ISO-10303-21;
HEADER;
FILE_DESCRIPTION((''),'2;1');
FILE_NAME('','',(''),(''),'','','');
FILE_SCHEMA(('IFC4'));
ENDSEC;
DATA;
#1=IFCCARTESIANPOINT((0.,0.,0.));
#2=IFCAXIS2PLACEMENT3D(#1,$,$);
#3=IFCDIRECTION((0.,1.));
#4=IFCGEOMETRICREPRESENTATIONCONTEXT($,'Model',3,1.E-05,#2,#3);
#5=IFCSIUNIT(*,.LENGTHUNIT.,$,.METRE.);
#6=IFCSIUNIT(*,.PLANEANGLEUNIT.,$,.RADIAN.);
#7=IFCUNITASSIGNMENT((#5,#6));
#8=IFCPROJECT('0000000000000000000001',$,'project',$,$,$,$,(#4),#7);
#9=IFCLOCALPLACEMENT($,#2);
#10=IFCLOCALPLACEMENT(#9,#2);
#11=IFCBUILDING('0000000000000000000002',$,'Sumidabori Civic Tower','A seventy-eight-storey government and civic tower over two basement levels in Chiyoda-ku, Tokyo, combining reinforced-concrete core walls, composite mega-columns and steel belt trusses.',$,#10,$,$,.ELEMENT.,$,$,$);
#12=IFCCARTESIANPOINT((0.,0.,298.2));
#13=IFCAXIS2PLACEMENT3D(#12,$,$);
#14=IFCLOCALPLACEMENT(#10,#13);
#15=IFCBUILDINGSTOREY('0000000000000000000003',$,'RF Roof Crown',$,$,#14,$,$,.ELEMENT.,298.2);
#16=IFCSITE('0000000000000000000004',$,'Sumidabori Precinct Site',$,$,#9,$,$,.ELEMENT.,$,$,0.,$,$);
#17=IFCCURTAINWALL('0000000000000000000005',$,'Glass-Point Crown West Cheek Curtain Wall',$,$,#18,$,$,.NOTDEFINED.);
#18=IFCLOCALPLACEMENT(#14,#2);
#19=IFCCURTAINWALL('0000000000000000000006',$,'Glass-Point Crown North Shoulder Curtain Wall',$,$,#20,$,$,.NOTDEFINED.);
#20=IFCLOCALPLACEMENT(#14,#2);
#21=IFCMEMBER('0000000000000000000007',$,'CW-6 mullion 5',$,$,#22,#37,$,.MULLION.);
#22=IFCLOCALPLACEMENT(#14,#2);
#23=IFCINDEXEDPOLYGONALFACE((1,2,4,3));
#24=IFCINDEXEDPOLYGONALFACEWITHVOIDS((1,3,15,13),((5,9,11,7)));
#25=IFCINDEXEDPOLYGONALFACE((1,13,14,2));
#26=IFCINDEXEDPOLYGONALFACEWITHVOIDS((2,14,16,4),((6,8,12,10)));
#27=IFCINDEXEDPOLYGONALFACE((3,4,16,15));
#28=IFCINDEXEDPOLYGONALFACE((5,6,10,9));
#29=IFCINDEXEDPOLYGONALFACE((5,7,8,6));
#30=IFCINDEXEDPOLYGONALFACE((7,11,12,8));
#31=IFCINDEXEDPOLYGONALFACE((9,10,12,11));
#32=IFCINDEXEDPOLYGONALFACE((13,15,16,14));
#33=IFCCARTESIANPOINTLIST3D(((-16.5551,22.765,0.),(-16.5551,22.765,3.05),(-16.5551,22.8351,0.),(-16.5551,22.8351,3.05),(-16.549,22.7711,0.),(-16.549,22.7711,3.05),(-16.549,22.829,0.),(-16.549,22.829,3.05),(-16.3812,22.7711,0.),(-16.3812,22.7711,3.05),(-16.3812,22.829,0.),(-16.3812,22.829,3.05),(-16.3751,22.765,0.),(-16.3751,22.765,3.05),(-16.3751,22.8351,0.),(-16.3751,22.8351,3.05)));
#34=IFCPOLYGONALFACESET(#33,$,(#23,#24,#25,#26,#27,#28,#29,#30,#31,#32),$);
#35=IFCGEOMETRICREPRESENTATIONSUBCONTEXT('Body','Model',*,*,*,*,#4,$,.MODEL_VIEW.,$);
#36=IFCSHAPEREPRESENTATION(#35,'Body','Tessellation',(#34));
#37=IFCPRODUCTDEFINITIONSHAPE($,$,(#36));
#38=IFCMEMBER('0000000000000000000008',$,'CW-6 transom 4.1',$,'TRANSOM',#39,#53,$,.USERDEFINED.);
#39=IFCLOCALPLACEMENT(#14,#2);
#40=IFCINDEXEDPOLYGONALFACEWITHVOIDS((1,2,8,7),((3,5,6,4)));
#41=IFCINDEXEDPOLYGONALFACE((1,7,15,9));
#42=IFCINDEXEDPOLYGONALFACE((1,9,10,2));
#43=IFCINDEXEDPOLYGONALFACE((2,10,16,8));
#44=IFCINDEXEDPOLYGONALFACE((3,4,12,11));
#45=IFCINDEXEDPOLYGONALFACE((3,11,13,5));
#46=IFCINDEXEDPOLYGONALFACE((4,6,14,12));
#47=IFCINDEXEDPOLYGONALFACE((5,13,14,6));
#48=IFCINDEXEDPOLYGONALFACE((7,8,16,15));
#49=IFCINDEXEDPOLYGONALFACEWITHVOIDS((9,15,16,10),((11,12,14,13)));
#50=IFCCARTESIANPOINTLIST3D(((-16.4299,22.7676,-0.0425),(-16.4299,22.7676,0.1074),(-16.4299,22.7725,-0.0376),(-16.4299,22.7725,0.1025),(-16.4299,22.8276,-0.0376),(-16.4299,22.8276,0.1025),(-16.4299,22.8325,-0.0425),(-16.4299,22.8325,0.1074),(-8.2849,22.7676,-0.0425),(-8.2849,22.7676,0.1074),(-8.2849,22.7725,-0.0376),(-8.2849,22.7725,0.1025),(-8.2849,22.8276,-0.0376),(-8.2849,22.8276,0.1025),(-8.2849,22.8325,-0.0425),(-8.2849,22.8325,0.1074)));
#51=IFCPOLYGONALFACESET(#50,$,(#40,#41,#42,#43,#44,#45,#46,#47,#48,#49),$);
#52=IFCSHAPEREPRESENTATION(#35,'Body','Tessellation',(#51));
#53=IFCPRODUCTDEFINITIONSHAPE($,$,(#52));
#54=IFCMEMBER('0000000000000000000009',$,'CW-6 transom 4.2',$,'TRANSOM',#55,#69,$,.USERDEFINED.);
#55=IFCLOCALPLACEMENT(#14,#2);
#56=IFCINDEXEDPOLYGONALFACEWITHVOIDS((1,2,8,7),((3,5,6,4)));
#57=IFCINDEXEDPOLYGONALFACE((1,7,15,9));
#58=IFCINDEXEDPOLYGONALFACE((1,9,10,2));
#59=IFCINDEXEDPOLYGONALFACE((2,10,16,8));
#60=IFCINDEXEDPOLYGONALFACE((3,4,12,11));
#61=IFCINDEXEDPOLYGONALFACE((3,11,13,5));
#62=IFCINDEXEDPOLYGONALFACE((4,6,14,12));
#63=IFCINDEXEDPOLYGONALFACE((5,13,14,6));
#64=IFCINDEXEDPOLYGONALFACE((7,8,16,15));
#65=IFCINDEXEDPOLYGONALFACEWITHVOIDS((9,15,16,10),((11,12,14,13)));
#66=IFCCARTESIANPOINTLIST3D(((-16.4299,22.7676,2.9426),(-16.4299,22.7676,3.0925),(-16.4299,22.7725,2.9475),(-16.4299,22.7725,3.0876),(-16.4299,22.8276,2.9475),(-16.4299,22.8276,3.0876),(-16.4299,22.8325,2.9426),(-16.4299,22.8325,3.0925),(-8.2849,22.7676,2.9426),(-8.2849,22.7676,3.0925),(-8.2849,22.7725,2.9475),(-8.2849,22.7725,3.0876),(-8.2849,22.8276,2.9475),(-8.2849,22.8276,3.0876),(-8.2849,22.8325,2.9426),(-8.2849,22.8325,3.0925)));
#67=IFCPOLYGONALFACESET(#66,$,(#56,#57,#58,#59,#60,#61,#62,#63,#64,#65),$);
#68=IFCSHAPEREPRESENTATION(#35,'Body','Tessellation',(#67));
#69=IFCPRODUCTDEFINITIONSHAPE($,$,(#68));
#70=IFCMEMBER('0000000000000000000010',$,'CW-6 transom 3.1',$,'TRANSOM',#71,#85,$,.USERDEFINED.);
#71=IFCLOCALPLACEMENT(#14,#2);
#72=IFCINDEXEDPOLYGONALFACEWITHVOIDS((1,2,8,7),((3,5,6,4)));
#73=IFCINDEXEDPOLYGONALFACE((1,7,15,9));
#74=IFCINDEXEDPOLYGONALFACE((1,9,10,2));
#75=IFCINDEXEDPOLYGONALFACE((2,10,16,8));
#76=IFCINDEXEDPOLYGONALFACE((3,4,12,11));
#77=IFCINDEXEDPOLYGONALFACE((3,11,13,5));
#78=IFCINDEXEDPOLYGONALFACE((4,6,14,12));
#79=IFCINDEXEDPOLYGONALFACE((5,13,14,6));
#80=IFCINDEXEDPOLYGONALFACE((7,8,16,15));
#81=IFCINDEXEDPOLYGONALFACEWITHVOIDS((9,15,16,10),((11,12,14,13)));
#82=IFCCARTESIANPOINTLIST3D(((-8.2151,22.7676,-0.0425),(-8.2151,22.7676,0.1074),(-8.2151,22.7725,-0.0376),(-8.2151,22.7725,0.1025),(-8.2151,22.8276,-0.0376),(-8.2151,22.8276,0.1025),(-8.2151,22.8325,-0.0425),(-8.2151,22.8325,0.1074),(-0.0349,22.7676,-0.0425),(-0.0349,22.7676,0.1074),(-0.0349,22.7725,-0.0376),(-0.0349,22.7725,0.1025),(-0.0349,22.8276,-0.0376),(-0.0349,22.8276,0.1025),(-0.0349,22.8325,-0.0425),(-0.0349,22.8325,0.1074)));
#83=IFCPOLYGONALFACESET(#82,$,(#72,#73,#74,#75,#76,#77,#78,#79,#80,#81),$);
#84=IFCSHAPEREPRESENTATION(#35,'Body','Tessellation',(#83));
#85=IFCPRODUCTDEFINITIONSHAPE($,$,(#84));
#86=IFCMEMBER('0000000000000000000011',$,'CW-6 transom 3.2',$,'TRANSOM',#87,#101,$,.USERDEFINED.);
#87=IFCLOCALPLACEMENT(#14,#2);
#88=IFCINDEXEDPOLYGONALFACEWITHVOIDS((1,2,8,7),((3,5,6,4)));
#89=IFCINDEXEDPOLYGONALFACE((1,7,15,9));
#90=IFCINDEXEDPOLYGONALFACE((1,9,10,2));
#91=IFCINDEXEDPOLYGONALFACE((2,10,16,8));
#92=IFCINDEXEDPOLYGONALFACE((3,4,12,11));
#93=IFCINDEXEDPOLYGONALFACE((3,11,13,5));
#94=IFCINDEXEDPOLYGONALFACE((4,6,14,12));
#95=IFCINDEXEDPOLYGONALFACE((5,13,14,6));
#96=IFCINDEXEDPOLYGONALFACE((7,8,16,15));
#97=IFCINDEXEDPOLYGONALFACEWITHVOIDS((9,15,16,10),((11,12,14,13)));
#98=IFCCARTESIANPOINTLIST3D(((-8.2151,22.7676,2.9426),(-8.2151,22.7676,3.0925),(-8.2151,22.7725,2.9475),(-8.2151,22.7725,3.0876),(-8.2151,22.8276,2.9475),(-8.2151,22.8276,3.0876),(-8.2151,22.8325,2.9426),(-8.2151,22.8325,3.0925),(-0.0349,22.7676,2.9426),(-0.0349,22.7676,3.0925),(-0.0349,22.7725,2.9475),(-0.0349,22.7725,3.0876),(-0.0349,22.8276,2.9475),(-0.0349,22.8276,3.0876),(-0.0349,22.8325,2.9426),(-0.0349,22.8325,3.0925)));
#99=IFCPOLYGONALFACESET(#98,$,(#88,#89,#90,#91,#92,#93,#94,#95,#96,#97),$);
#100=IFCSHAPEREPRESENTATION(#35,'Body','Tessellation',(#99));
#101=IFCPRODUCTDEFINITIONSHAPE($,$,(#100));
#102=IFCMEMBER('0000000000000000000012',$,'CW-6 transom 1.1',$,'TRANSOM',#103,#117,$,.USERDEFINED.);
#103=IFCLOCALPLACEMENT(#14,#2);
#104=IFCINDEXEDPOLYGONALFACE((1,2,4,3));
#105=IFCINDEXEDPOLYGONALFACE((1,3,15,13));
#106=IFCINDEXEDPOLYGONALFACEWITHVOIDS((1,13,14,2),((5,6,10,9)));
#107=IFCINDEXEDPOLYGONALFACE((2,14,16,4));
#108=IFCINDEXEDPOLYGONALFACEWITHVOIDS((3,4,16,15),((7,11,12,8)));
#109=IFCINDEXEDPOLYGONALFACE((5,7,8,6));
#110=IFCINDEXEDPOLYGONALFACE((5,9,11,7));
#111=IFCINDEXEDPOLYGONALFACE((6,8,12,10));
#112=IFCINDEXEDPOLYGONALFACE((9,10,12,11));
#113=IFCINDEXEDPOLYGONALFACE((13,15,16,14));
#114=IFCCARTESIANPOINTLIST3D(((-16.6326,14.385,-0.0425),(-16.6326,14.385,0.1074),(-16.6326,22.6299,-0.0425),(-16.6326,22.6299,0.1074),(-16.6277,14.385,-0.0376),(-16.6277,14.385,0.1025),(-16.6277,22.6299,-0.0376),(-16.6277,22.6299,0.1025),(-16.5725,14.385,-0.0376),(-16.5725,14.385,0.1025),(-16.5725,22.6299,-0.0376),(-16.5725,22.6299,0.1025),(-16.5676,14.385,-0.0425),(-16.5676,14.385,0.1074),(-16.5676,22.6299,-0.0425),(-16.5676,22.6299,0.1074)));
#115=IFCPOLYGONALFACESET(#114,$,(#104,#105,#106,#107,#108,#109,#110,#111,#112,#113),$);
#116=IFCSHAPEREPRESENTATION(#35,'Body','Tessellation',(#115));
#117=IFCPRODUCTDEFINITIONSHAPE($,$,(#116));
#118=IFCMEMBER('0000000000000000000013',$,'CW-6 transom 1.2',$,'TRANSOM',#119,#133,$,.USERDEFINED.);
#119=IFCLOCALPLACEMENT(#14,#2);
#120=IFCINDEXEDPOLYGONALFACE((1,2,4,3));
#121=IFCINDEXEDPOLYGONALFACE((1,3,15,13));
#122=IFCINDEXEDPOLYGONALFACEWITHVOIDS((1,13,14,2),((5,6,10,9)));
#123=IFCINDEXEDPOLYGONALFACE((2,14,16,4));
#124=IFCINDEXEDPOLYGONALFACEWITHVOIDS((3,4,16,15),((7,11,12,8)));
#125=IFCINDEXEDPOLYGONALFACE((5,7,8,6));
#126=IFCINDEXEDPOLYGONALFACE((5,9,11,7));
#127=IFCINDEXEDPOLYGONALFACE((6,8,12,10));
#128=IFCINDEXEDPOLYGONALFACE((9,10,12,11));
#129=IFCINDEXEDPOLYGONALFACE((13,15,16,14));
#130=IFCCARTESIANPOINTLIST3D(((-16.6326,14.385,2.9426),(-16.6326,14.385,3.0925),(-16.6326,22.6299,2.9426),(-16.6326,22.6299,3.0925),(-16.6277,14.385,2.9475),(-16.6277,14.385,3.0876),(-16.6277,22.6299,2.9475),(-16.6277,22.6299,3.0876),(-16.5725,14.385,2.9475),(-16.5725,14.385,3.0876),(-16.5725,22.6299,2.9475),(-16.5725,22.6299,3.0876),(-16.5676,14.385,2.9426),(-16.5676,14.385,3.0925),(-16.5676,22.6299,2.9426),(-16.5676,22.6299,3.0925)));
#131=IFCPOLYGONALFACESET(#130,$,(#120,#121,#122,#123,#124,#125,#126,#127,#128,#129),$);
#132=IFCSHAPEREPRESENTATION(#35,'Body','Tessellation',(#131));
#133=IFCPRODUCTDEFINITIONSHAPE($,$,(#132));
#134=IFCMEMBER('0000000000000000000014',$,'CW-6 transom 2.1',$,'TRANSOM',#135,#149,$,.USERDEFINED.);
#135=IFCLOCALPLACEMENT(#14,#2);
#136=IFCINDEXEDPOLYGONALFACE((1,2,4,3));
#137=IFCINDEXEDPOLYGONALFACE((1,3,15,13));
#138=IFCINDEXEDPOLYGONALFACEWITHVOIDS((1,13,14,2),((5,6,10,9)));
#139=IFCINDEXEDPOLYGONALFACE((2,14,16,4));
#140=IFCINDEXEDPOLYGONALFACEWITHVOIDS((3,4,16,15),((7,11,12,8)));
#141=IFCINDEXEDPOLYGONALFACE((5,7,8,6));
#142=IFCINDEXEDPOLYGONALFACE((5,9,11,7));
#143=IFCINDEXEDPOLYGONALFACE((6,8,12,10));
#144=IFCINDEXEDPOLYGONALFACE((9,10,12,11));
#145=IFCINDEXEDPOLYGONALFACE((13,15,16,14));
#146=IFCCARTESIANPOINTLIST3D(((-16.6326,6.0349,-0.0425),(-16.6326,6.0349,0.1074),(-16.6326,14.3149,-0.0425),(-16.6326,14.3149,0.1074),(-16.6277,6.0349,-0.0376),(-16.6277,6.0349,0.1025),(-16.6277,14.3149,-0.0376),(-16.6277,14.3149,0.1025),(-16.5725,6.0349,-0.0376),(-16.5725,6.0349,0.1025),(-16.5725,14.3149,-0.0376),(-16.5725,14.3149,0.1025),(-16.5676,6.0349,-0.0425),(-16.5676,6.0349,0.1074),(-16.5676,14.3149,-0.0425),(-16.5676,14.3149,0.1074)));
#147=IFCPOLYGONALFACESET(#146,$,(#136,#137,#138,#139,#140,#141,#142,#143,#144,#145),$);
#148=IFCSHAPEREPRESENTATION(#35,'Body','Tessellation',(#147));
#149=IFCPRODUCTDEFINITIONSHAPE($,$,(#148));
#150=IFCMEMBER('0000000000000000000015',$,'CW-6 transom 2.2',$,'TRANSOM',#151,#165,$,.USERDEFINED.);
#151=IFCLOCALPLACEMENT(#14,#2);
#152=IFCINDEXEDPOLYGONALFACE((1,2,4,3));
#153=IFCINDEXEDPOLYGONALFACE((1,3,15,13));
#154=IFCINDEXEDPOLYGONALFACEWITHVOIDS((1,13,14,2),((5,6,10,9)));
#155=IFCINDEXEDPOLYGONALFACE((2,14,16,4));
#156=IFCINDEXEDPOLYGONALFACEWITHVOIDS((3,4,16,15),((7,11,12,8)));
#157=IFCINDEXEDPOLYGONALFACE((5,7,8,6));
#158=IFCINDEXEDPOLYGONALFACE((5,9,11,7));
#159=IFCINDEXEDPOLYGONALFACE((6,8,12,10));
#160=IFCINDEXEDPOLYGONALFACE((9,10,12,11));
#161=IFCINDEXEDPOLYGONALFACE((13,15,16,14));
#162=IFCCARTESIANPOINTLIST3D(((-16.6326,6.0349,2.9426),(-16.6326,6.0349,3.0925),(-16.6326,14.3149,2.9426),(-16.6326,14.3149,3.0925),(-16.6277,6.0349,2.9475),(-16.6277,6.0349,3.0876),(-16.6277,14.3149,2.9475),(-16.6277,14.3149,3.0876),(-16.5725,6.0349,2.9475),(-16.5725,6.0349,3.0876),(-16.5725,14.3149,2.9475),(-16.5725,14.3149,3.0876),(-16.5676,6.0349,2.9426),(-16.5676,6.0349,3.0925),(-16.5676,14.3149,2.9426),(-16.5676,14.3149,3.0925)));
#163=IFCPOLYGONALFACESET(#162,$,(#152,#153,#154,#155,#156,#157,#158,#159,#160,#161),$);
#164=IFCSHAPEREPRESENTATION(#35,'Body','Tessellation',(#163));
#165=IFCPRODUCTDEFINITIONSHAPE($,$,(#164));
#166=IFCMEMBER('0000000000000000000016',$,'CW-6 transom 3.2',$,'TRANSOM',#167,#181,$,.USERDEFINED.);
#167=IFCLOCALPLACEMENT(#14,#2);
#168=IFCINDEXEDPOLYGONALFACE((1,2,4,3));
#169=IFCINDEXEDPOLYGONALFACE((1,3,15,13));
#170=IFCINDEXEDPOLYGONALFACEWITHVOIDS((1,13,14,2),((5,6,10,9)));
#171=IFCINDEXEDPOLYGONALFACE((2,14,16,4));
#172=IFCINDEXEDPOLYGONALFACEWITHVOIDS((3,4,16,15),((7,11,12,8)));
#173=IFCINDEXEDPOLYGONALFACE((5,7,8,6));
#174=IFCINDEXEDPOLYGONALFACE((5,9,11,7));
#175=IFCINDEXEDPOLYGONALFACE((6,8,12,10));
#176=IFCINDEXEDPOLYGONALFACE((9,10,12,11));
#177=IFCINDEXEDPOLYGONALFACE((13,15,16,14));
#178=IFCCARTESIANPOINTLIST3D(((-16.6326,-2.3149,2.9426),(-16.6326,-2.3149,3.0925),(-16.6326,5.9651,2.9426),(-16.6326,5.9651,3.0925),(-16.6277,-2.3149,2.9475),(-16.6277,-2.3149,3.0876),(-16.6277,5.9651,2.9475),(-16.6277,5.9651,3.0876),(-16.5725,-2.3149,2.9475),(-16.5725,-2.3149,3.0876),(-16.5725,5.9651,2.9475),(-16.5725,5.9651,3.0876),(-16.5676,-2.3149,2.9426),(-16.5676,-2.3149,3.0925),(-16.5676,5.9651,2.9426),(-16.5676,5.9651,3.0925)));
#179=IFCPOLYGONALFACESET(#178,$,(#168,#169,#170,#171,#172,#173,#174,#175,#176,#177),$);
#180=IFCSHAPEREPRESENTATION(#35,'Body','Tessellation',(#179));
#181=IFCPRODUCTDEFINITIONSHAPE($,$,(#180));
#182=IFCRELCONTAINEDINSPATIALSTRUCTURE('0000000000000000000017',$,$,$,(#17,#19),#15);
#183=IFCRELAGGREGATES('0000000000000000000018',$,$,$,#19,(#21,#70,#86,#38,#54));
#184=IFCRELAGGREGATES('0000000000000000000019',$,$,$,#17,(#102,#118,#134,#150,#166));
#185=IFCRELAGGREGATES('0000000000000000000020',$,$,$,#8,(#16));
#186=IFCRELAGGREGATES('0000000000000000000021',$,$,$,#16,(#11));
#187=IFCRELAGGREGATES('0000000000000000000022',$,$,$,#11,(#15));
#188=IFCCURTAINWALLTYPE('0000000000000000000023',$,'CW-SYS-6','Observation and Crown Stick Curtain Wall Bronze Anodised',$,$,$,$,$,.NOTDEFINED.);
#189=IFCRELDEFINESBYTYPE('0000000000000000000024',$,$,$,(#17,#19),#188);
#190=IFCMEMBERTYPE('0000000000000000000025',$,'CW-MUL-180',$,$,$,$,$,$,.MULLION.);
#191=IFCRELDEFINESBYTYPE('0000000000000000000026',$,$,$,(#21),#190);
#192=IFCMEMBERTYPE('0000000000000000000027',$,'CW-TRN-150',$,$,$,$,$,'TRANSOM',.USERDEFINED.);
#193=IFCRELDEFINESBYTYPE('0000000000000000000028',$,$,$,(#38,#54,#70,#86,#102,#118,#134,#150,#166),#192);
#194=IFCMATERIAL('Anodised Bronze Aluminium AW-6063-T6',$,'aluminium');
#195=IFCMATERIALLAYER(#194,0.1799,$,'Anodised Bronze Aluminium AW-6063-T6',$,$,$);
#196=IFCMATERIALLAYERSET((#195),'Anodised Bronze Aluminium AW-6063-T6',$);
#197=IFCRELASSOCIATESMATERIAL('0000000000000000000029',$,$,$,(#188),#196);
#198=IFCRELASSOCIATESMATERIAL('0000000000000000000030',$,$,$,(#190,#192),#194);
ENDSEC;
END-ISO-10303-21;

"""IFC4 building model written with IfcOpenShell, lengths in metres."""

from ifc_helpers import new_model, si_unit, direction, frame, origin, origin_2d, place, context, subcontext, project, spatial, hollow_rectangle, extrude, source, transform, mapped, material, layer, layer_set, material_profile, profile_set, type_object, element, aggregate, save


model = new_model("IFC4")

# Units and contexts
model_context = context("Model", 3, precision=1e-05, world=origin(), true_north=direction((0.0, 1.0)))
body_context = subcontext(model_context, "Body", "Model", "MODEL_VIEW")
ifc_project = project(units=[si_unit("LENGTHUNIT", "METRE"), si_unit("PLANEANGLEUNIT", "RADIAN")], contexts=[model_context])

# Site, building, storey
site_placement = place(None, origin())
site = spatial("IfcSite", under=ifc_project, at=site_placement, Name="Sumidabori Precinct Site", CompositionType="ELEMENT", RefElevation=0.0)
building_placement = place(site_placement, origin())
building = spatial("IfcBuilding", under=site, at=building_placement, Name="Sumidabori Civic Tower", Description="A seventy-eight-storey government and civic tower over two basement levels in Chiyoda-ku, Tokyo, combining reinforced-concrete core walls, composite mega-columns and steel belt trusses.", CompositionType="ELEMENT")
storey_placement = place(building_placement, frame((0.0, 0.0, 298.2)))
storey = spatial("IfcBuildingStorey", under=building, at=storey_placement, Name="RF Roof Crown", CompositionType="ELEMENT", Elevation=298.2)

# Curtain walls, members
ifc_material_1 = material(Name="Anodised Bronze Aluminium AW-6063-T6", Category="aluminium")
ifc_layer_1 = layer(ifc_material_1, 0.1799, Name="Anodised Bronze Aluminium AW-6063-T6")
ifc_layer_set_1 = layer_set([ifc_layer_1], Name="Anodised Bronze Aluminium AW-6063-T6")
curtain_wall_type = type_object("IfcCurtainWallType", Name="CW-SYS-6", Description="Observation and Crown Stick Curtain Wall Bronze Anodised", PredefinedType="NOTDEFINED", material=ifc_layer_set_1)
curtain_wall_1_placement = place(storey_placement, origin())
curtain_wall_1 = element("IfcCurtainWall", 1, at=curtain_wall_1_placement, inside=storey, type_object=curtain_wall_type, Name="Glass-Point Crown West Cheek Curtain Wall", PredefinedType="NOTDEFINED")
ifc_material_profile_1 = material_profile(ifc_material_1, hollow_rectangle(XDim=0.0701, YDim=0.1799, WallThickness=0.0061, at=origin_2d()), Name="ALU MULLION 180x70")
ifc_profile_set_1 = profile_set([ifc_material_profile_1], Name="Anodised Bronze Aluminium AW-6063-T6")
member_type_1 = type_object("IfcMemberType", Name="CW-MUL-180", PredefinedType="MULLION", material=ifc_profile_set_1)
shared_shape_1 = source(origin(), body_context, "Body", "SweptSolid", [
    extrude(hollow_rectangle(XDim=0.0701, YDim=0.1799, WallThickness=0.0061, at=origin_2d()), origin(), (0.0, 0.0, 1.0), 3.05),
])
curtain_wall_2_placement = place(storey_placement, origin())
curtain_wall_2 = element("IfcCurtainWall", 2, at=curtain_wall_2_placement, inside=storey, type_object=curtain_wall_type, Name="Glass-Point Crown North Shoulder Curtain Wall", PredefinedType="NOTDEFINED")
member_1_placement = place(storey_placement, frame((-16.4651, 22.8, 0.0), z_axis=(0.0, 0.0, 1.0), x_axis=(0.0, -1.0, 0.0)))
member_1 = element("IfcMember", 3, at=member_1_placement, type_object=member_type_1, Name="CW-6 mullion 5", PredefinedType="MULLION", context=body_context, shape_type="MappedRepresentation", body=[
    mapped(shared_shape_1, transform((0.0, 0.0, 0.0), x_axis=(1.0, 0.0, 0.0), y_axis=(0.0, 1.0, 0.0), z_axis=(0.0, 0.0, 1.0), scale=1.0)),
])
ifc_material_profile_2 = material_profile(ifc_material_1, hollow_rectangle(XDim=0.0649, YDim=0.1499, WallThickness=0.0049, at=origin_2d()), Name="ALU TRANSOM 150x65")
ifc_profile_set_2 = profile_set([ifc_material_profile_2], Name="Anodised Bronze Aluminium AW-6063-T6")
member_type_2 = type_object("IfcMemberType", Name="CW-TRN-150", ElementType="TRANSOM", PredefinedType="USERDEFINED", material=ifc_profile_set_2)
shared_shape_2 = source(origin(), body_context, "Body", "SweptSolid", [
    extrude(hollow_rectangle(XDim=0.0649, YDim=0.1499, WallThickness=0.0049, at=origin_2d()), origin(), (0.0, 0.0, 1.0), 8.145),
])
member_2_placement = place(storey_placement, frame((-8.2849, 22.8, 0.0325), z_axis=(-1.0, 0.0, 0.0), x_axis=(0.0, -1.0, 0.0)))
member_2 = element("IfcMember", 4, at=member_2_placement, type_object=member_type_2, Name="CW-6 transom 4.1", ObjectType="TRANSOM", PredefinedType="USERDEFINED", context=body_context, shape_type="MappedRepresentation", body=[
    mapped(shared_shape_2, transform((0.0, 0.0, 0.0), x_axis=(1.0, 0.0, 0.0), y_axis=(0.0, 1.0, 0.0), z_axis=(0.0, 0.0, 1.0), scale=1.0)),
])
member_3_placement = place(storey_placement, frame((-8.2849, 22.8, 3.0176), z_axis=(-1.0, 0.0, 0.0), x_axis=(0.0, -1.0, 0.0)))
member_3 = element("IfcMember", 5, at=member_3_placement, type_object=member_type_2, Name="CW-6 transom 4.2", ObjectType="TRANSOM", PredefinedType="USERDEFINED", context=body_context, shape_type="MappedRepresentation", body=[
    mapped(shared_shape_2, transform((0.0, 0.0, 0.0), x_axis=(1.0, 0.0, 0.0), y_axis=(0.0, 1.0, 0.0), z_axis=(0.0, 0.0, 1.0), scale=1.0)),
])
shared_shape_3 = source(origin(), body_context, "Body", "SweptSolid", [
    extrude(hollow_rectangle(XDim=0.0649, YDim=0.1499, WallThickness=0.0049, at=origin_2d()), origin(), (0.0, 0.0, 1.0), 8.1802),
])
member_4_placement = place(storey_placement, frame((-0.0349, 22.8, 0.0325), z_axis=(-1.0, 0.0, 0.0), x_axis=(0.0, -1.0, 0.0)))
member_4 = element("IfcMember", 6, at=member_4_placement, type_object=member_type_2, Name="CW-6 transom 3.1", ObjectType="TRANSOM", PredefinedType="USERDEFINED", context=body_context, shape_type="MappedRepresentation", body=[
    mapped(shared_shape_3, transform((0.0, 0.0, 0.0), x_axis=(1.0, 0.0, 0.0), y_axis=(0.0, 1.0, 0.0), z_axis=(0.0, 0.0, 1.0), scale=1.0)),
])
member_5_placement = place(storey_placement, frame((-0.0349, 22.8, 3.0176), z_axis=(-1.0, 0.0, 0.0), x_axis=(0.0, -1.0, 0.0)))
member_5 = element("IfcMember", 7, at=member_5_placement, type_object=member_type_2, Name="CW-6 transom 3.2", ObjectType="TRANSOM", PredefinedType="USERDEFINED", context=body_context, shape_type="MappedRepresentation", body=[
    mapped(shared_shape_3, transform((0.0, 0.0, 0.0), x_axis=(1.0, 0.0, 0.0), y_axis=(0.0, 1.0, 0.0), z_axis=(0.0, 0.0, 1.0), scale=1.0)),
])

# Members
shared_shape_4 = source(origin(), body_context, "Body", "SweptSolid", [
    extrude(hollow_rectangle(XDim=0.0649, YDim=0.1499, WallThickness=0.0049, at=origin_2d()), origin(), (0.0, 0.0, 1.0), 8.2449),
])
member_6_placement = place(storey_placement, frame((-16.6001, 22.6299, 0.0325), z_axis=(0.0, -1.0, 0.0), x_axis=(1.0, 0.0, 0.0)))
member_6 = element("IfcMember", 8, at=member_6_placement, type_object=member_type_2, Name="CW-6 transom 1.1", ObjectType="TRANSOM", PredefinedType="USERDEFINED", context=body_context, shape_type="MappedRepresentation", body=[
    mapped(shared_shape_4, transform((0.0, 0.0, 0.0), x_axis=(1.0, 0.0, 0.0), y_axis=(0.0, 1.0, 0.0), z_axis=(0.0, 0.0, 1.0), scale=1.0)),
])
member_7_placement = place(storey_placement, frame((-16.6001, 22.6299, 3.0176), z_axis=(0.0, -1.0, 0.0), x_axis=(1.0, 0.0, 0.0)))
member_7 = element("IfcMember", 9, at=member_7_placement, type_object=member_type_2, Name="CW-6 transom 1.2", ObjectType="TRANSOM", PredefinedType="USERDEFINED", context=body_context, shape_type="MappedRepresentation", body=[
    mapped(shared_shape_4, transform((0.0, 0.0, 0.0), x_axis=(1.0, 0.0, 0.0), y_axis=(0.0, 1.0, 0.0), z_axis=(0.0, 0.0, 1.0), scale=1.0)),
])
shared_shape_5 = source(origin(), body_context, "Body", "SweptSolid", [
    extrude(hollow_rectangle(XDim=0.0649, YDim=0.1499, WallThickness=0.0049, at=origin_2d()), origin(), (0.0, 0.0, 1.0), 8.28),
])
member_8_placement = place(storey_placement, frame((-16.6001, 14.3149, 0.0325), z_axis=(0.0, -1.0, 0.0), x_axis=(1.0, 0.0, 0.0)))
member_8 = element("IfcMember", 10, at=member_8_placement, type_object=member_type_2, Name="CW-6 transom 2.1", ObjectType="TRANSOM", PredefinedType="USERDEFINED", context=body_context, shape_type="MappedRepresentation", body=[
    mapped(shared_shape_5, transform((0.0, 0.0, 0.0), x_axis=(1.0, 0.0, 0.0), y_axis=(0.0, 1.0, 0.0), z_axis=(0.0, 0.0, 1.0), scale=1.0)),
])
member_9_placement = place(storey_placement, frame((-16.6001, 14.3149, 3.0176), z_axis=(0.0, -1.0, 0.0), x_axis=(1.0, 0.0, 0.0)))
member_9 = element("IfcMember", 11, at=member_9_placement, type_object=member_type_2, Name="CW-6 transom 2.2", ObjectType="TRANSOM", PredefinedType="USERDEFINED", context=body_context, shape_type="MappedRepresentation", body=[
    mapped(shared_shape_5, transform((0.0, 0.0, 0.0), x_axis=(1.0, 0.0, 0.0), y_axis=(0.0, 1.0, 0.0), z_axis=(0.0, 0.0, 1.0), scale=1.0)),
])
member_10_placement = place(storey_placement, frame((-16.6001, 5.9651, 3.0176), z_axis=(0.0, -1.0, 0.0), x_axis=(1.0, 0.0, 0.0)))
member_10 = element("IfcMember", 12, at=member_10_placement, type_object=member_type_2, Name="CW-6 transom 3.2", ObjectType="TRANSOM", PredefinedType="USERDEFINED", context=body_context, shape_type="MappedRepresentation", body=[
    mapped(shared_shape_5, transform((0.0, 0.0, 0.0), x_axis=(1.0, 0.0, 0.0), y_axis=(0.0, 1.0, 0.0), z_axis=(0.0, 0.0, 1.0), scale=1.0)),
])

aggregate(curtain_wall_2, [member_1, member_4, member_5, member_2, member_3])
aggregate(curtain_wall_1, [member_6, member_7, member_8, member_9, member_10])

save(model, "model.ifc")
